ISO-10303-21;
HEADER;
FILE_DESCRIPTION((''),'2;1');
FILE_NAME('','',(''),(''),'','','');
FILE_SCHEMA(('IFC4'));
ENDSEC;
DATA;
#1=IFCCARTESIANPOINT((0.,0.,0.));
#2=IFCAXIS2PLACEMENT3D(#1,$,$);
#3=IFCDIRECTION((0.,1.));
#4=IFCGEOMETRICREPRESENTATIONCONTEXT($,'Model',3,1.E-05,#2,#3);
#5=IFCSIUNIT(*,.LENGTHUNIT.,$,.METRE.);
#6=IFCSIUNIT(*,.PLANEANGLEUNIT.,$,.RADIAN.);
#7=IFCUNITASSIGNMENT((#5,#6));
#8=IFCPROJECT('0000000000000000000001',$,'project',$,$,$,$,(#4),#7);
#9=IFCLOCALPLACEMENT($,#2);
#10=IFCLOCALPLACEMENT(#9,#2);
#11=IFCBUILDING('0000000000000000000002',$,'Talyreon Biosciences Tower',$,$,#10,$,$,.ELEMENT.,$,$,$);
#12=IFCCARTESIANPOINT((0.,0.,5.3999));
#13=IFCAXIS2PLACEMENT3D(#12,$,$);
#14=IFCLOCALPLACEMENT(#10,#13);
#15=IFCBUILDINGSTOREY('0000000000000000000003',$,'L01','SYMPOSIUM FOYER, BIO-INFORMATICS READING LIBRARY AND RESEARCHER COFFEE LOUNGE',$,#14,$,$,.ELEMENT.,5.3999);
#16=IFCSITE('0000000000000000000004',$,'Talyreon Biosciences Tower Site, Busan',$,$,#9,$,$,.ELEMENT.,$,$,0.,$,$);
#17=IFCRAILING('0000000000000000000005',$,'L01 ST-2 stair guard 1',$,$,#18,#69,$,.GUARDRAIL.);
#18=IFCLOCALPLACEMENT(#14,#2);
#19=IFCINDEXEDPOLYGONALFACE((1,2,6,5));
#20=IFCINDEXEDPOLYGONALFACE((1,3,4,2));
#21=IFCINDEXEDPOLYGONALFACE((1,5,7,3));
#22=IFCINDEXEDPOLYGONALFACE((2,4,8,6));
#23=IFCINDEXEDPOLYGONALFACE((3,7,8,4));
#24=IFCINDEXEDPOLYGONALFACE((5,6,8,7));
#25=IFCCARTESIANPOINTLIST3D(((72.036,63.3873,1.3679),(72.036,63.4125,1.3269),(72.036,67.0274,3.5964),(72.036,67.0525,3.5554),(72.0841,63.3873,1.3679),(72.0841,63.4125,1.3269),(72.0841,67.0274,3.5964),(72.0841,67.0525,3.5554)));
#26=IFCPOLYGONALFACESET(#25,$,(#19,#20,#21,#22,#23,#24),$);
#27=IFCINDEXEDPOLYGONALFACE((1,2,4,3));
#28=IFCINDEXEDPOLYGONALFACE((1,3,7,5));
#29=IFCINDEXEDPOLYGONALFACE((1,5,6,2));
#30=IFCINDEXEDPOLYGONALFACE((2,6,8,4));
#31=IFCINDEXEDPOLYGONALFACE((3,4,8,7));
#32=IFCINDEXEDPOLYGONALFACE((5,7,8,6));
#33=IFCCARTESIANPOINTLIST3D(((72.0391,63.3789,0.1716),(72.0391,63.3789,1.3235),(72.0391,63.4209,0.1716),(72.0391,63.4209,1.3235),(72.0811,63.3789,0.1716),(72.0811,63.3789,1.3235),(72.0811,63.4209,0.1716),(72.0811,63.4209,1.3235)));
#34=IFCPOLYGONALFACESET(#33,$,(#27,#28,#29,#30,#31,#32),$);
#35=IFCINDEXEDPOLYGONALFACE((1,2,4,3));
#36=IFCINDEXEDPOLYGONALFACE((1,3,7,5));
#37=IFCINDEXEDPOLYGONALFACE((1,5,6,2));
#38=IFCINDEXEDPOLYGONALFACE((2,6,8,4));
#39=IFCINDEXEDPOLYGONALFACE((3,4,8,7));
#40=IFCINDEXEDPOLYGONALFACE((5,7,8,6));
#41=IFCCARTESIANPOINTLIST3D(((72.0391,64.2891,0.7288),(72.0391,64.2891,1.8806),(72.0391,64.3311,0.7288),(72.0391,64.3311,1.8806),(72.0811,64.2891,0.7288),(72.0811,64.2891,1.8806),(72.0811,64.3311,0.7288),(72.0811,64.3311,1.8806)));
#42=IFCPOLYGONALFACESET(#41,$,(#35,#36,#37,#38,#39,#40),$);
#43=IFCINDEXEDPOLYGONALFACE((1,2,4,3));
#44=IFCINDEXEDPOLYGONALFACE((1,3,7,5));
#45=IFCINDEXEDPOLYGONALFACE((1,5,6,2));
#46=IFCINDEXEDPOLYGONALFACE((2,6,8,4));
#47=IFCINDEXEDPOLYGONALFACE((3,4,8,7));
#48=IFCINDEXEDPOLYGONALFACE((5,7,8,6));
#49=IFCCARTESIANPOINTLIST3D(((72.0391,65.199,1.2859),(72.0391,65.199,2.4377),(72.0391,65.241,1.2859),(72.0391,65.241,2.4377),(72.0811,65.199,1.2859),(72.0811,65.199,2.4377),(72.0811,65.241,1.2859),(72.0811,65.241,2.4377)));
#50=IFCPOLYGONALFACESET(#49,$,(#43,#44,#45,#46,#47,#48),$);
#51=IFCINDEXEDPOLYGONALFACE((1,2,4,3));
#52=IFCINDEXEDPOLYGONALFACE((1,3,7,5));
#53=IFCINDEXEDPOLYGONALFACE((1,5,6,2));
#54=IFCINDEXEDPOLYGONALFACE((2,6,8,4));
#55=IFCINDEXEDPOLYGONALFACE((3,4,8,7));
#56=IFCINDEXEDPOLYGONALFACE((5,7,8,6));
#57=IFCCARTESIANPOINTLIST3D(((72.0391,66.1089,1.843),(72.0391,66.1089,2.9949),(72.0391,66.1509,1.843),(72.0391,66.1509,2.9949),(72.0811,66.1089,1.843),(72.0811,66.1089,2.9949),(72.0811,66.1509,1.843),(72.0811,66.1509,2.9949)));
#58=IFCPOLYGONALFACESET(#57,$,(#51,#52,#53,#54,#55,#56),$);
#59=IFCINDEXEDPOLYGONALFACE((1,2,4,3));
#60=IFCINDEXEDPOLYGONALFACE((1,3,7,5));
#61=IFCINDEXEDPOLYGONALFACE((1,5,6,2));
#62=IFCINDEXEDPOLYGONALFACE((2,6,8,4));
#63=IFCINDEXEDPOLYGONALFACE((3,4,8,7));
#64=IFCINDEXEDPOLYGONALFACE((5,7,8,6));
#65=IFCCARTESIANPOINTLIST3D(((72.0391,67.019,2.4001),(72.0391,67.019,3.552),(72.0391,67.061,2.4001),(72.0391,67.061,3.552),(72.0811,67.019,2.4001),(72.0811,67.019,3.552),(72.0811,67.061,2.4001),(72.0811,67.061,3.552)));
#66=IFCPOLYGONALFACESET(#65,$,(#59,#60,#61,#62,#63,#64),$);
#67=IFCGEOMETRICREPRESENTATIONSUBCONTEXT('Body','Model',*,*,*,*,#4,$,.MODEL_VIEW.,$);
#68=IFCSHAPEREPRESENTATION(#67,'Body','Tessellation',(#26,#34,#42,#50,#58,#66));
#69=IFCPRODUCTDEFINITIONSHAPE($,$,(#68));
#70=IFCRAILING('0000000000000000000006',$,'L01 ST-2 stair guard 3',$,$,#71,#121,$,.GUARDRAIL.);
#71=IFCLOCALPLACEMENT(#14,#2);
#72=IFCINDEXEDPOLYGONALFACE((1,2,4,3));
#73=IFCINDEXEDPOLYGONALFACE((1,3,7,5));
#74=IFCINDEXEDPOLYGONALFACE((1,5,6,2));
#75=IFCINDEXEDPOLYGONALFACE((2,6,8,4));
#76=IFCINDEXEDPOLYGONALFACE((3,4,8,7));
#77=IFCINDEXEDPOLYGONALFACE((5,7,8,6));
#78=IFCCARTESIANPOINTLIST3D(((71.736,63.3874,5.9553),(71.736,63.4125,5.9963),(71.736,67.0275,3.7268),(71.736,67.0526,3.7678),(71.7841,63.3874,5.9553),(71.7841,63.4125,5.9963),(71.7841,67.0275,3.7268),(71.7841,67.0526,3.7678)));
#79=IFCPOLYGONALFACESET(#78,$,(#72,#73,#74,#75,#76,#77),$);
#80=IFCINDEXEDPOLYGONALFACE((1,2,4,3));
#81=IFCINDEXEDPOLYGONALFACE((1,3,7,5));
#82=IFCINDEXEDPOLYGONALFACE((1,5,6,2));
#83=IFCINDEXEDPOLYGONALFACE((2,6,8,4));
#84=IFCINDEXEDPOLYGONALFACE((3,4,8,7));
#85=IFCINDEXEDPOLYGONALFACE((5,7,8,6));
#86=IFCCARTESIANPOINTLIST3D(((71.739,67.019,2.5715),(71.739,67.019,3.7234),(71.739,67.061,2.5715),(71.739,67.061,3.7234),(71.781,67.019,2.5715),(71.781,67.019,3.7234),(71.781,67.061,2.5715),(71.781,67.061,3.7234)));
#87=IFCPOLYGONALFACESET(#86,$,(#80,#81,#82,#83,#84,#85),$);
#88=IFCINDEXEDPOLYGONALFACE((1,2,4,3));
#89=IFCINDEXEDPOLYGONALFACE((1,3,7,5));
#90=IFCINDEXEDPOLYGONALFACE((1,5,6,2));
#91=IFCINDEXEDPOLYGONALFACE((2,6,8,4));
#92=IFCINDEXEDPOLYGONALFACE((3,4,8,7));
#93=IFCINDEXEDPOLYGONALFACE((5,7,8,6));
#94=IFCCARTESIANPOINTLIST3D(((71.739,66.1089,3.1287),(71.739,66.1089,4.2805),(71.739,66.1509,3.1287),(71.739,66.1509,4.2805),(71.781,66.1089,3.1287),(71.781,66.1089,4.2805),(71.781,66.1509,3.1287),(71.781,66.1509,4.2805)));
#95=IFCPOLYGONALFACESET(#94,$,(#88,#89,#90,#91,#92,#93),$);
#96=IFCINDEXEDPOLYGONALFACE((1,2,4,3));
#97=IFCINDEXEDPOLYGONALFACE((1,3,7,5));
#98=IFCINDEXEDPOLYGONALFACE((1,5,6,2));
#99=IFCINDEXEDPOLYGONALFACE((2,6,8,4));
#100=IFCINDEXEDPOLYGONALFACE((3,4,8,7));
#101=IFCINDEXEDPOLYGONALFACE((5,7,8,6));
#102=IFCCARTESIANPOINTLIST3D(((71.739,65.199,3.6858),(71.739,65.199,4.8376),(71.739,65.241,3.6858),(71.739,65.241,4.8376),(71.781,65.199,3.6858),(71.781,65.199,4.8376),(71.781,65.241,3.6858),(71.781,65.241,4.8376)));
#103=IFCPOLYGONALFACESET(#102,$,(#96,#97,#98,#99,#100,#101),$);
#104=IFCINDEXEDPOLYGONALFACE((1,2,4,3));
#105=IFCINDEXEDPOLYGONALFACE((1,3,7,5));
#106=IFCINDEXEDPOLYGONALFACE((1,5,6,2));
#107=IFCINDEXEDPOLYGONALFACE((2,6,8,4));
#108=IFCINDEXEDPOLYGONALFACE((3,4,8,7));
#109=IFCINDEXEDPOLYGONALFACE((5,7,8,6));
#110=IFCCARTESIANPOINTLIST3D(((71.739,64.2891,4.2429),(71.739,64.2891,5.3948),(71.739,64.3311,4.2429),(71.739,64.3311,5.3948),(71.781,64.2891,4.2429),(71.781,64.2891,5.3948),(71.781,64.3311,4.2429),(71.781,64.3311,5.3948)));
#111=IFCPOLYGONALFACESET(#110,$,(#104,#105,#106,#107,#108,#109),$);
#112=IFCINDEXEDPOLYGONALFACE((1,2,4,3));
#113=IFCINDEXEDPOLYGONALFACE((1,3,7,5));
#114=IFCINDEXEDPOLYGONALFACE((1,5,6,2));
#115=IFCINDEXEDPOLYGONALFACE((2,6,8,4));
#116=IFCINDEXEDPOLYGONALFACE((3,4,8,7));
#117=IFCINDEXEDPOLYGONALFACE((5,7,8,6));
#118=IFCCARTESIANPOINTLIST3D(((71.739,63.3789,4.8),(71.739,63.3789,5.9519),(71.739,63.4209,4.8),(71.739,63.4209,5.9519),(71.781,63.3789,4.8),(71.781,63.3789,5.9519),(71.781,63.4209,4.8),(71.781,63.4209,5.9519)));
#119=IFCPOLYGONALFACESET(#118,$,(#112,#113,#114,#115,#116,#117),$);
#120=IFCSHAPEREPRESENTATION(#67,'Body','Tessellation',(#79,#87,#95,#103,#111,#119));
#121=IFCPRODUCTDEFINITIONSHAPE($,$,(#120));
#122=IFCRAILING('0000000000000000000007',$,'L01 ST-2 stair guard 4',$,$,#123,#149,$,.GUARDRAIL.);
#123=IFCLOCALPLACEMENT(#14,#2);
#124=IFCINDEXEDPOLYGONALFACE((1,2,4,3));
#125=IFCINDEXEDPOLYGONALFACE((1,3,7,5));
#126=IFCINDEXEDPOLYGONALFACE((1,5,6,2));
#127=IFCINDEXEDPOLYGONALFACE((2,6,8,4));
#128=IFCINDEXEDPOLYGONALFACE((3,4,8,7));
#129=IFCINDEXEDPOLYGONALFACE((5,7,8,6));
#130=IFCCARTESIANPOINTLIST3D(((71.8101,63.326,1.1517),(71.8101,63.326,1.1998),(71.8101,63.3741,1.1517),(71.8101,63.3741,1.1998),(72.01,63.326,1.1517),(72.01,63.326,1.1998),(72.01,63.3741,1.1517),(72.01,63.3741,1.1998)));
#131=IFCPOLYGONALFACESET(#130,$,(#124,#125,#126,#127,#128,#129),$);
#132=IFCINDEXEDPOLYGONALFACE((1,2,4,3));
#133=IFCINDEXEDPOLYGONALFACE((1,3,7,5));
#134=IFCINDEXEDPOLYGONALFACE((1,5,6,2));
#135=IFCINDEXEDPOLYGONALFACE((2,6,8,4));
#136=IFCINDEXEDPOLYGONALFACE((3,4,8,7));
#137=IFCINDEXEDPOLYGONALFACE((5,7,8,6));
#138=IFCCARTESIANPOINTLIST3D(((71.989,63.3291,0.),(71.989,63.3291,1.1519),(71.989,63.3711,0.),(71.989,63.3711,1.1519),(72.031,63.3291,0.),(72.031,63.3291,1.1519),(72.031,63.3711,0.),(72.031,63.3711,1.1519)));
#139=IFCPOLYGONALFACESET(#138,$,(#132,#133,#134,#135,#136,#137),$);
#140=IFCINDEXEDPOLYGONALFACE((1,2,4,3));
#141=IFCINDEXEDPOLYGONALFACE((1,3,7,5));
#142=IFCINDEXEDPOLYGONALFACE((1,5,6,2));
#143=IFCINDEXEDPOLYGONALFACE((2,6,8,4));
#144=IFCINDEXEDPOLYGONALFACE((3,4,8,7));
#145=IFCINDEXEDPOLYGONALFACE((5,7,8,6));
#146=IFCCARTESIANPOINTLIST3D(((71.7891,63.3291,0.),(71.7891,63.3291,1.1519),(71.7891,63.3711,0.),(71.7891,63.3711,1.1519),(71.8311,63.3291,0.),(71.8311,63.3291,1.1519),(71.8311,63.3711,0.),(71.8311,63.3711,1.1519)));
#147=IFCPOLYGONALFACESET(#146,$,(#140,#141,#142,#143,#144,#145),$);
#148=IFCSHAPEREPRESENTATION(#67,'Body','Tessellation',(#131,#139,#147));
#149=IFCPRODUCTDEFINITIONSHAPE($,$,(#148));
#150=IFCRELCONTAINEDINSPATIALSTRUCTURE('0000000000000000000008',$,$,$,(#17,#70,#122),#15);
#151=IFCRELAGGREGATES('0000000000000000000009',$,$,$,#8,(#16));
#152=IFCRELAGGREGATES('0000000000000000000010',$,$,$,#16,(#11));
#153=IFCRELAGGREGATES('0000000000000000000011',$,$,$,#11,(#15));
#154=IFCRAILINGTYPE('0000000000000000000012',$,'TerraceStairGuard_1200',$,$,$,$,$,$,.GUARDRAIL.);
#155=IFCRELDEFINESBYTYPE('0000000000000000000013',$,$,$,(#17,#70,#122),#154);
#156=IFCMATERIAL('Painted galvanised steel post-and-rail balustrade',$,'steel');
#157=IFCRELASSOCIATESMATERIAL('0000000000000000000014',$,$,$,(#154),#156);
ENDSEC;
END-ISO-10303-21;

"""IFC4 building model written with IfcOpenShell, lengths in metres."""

from ifc_helpers import new_model, si_unit, direction, frame, origin, origin_2d, place, context, subcontext, project, spatial, rectangle, extrude, material, type_object, element, save


model = new_model("IFC4")

# Units and contexts
model_context = context("Model", 3, precision=1e-05, world=origin(), true_north=direction((0.0, 1.0)))
body_context = subcontext(model_context, "Body", "Model", "MODEL_VIEW")
ifc_project = project(units=[si_unit("LENGTHUNIT", "METRE"), si_unit("PLANEANGLEUNIT", "RADIAN")], contexts=[model_context])

# Site, building, storey
site_placement = place(None, origin())
site = spatial("IfcSite", under=ifc_project, at=site_placement, Name="Talyreon Biosciences Tower Site, Busan", CompositionType="ELEMENT", RefElevation=0.0)
building_placement = place(site_placement, origin())
building = spatial("IfcBuilding", under=site, at=building_placement, Name="Talyreon Biosciences Tower", CompositionType="ELEMENT")
storey_placement = place(building_placement, frame((0.0, 0.0, 5.3999)))
storey = spatial("IfcBuildingStorey", under=building, at=storey_placement, Name="L01", Description="SYMPOSIUM FOYER, BIO-INFORMATICS READING LIBRARY AND RESEARCHER COFFEE LOUNGE", CompositionType="ELEMENT", Elevation=5.3999)

# Railings
ifc_material_1 = material(Name="Painted galvanised steel post-and-rail balustrade", Category="steel")
railing_type_1 = type_object("IfcRailingType", Name="TerraceStairGuard_1200", PredefinedType="GUARDRAIL", material=ifc_material_1)
railing_1_placement = place(storey_placement, frame((72.0601, 63.3999, 0.1716)))
element("IfcRailing", 1, at=railing_1_placement, inside=storey, type_object=railing_type_1, Name="L01 ST-2 stair guard 1", PredefinedType="GUARDRAIL", context=body_context, shape_type="SweptSolid", body=[
    extrude(rectangle(XDim=0.0481, YDim=0.0481, at=origin_2d()), frame((0.0, 0.0, 1.1758), z_axis=(0.0, 0.852866, 0.52213), x_axis=(-1.0, 0.0, 0.0)), (0.0, 0.0, 1.0), 4.2681),
    extrude(rectangle(XDim=0.042, YDim=0.042, at=origin_2d()), origin(), (0.0, 0.0, 1.0), 1.1519),
    extrude(rectangle(XDim=0.042, YDim=0.042, at=origin_2d()), frame((0.0, 0.9102, 0.5571)), (0.0, 0.0, 1.0), 1.1519),
    extrude(rectangle(XDim=0.042, YDim=0.042, at=origin_2d()), frame((0.0, 1.8201, 1.1143)), (0.0, 0.0, 1.0), 1.1519),
    extrude(rectangle(XDim=0.042, YDim=0.042, at=origin_2d()), frame((0.0, 2.73, 1.6714)), (0.0, 0.0, 1.0), 1.1519),
    extrude(rectangle(XDim=0.042, YDim=0.042, at=origin_2d()), frame((0.0, 3.6401, 2.2285)), (0.0, 0.0, 1.0), 1.1519),
])
railing_2_placement = place(storey_placement, frame((71.76, 67.04, 2.5715)))
element("IfcRailing", 2, at=railing_2_placement, inside=storey, type_object=railing_type_1, Name="L01 ST-2 stair guard 3", PredefinedType="GUARDRAIL", context=body_context, shape_type="SweptSolid", body=[
    extrude(rectangle(XDim=0.0481, YDim=0.0481, at=origin_2d()), frame((0.0, 0.0, 1.1758), z_axis=(0.0, -0.852866, 0.52213), x_axis=(1.0, 0.0, 0.0)), (0.0, 0.0, 1.0), 4.2681),
    extrude(rectangle(XDim=0.042, YDim=0.042, at=origin_2d()), origin(), (0.0, 0.0, 1.0), 1.1519),
    extrude(rectangle(XDim=0.042, YDim=0.042, at=origin_2d()), frame((0.0, -0.9102, 0.5571)), (0.0, 0.0, 1.0), 1.1519),
    extrude(rectangle(XDim=0.042, YDim=0.042, at=origin_2d()), frame((0.0, -1.8201, 1.1143)), (0.0, 0.0, 1.0), 1.1519),
    extrude(rectangle(XDim=0.042, YDim=0.042, at=origin_2d()), frame((0.0, -2.73, 1.6714)), (0.0, 0.0, 1.0), 1.1519),
    extrude(rectangle(XDim=0.042, YDim=0.042, at=origin_2d()), frame((0.0, -3.6401, 2.2285)), (0.0, 0.0, 1.0), 1.1519),
])
railing_3_placement = place(storey_placement, frame((72.01, 63.3501, 0.0)))
element("IfcRailing", 3, at=railing_3_placement, inside=storey, type_object=railing_type_1, Name="L01 ST-2 stair guard 4", PredefinedType="GUARDRAIL", context=body_context, shape_type="SweptSolid", body=[
    extrude(rectangle(XDim=0.0481, YDim=0.0481, at=origin_2d()), frame((0.0, 0.0, 1.1758), z_axis=(-1.0, 0.0, 0.0), x_axis=(0.0, -1.0, 0.0)), (0.0, 0.0, 1.0), 0.2),
    extrude(rectangle(XDim=0.042, YDim=0.042, at=origin_2d()), origin(), (0.0, 0.0, 1.0), 1.1519),
    extrude(rectangle(XDim=0.042, YDim=0.042, at=origin_2d()), frame((-0.2, 0.0, 0.0)), (0.0, 0.0, 1.0), 1.1519),
])

save(model, "model.ifc")
